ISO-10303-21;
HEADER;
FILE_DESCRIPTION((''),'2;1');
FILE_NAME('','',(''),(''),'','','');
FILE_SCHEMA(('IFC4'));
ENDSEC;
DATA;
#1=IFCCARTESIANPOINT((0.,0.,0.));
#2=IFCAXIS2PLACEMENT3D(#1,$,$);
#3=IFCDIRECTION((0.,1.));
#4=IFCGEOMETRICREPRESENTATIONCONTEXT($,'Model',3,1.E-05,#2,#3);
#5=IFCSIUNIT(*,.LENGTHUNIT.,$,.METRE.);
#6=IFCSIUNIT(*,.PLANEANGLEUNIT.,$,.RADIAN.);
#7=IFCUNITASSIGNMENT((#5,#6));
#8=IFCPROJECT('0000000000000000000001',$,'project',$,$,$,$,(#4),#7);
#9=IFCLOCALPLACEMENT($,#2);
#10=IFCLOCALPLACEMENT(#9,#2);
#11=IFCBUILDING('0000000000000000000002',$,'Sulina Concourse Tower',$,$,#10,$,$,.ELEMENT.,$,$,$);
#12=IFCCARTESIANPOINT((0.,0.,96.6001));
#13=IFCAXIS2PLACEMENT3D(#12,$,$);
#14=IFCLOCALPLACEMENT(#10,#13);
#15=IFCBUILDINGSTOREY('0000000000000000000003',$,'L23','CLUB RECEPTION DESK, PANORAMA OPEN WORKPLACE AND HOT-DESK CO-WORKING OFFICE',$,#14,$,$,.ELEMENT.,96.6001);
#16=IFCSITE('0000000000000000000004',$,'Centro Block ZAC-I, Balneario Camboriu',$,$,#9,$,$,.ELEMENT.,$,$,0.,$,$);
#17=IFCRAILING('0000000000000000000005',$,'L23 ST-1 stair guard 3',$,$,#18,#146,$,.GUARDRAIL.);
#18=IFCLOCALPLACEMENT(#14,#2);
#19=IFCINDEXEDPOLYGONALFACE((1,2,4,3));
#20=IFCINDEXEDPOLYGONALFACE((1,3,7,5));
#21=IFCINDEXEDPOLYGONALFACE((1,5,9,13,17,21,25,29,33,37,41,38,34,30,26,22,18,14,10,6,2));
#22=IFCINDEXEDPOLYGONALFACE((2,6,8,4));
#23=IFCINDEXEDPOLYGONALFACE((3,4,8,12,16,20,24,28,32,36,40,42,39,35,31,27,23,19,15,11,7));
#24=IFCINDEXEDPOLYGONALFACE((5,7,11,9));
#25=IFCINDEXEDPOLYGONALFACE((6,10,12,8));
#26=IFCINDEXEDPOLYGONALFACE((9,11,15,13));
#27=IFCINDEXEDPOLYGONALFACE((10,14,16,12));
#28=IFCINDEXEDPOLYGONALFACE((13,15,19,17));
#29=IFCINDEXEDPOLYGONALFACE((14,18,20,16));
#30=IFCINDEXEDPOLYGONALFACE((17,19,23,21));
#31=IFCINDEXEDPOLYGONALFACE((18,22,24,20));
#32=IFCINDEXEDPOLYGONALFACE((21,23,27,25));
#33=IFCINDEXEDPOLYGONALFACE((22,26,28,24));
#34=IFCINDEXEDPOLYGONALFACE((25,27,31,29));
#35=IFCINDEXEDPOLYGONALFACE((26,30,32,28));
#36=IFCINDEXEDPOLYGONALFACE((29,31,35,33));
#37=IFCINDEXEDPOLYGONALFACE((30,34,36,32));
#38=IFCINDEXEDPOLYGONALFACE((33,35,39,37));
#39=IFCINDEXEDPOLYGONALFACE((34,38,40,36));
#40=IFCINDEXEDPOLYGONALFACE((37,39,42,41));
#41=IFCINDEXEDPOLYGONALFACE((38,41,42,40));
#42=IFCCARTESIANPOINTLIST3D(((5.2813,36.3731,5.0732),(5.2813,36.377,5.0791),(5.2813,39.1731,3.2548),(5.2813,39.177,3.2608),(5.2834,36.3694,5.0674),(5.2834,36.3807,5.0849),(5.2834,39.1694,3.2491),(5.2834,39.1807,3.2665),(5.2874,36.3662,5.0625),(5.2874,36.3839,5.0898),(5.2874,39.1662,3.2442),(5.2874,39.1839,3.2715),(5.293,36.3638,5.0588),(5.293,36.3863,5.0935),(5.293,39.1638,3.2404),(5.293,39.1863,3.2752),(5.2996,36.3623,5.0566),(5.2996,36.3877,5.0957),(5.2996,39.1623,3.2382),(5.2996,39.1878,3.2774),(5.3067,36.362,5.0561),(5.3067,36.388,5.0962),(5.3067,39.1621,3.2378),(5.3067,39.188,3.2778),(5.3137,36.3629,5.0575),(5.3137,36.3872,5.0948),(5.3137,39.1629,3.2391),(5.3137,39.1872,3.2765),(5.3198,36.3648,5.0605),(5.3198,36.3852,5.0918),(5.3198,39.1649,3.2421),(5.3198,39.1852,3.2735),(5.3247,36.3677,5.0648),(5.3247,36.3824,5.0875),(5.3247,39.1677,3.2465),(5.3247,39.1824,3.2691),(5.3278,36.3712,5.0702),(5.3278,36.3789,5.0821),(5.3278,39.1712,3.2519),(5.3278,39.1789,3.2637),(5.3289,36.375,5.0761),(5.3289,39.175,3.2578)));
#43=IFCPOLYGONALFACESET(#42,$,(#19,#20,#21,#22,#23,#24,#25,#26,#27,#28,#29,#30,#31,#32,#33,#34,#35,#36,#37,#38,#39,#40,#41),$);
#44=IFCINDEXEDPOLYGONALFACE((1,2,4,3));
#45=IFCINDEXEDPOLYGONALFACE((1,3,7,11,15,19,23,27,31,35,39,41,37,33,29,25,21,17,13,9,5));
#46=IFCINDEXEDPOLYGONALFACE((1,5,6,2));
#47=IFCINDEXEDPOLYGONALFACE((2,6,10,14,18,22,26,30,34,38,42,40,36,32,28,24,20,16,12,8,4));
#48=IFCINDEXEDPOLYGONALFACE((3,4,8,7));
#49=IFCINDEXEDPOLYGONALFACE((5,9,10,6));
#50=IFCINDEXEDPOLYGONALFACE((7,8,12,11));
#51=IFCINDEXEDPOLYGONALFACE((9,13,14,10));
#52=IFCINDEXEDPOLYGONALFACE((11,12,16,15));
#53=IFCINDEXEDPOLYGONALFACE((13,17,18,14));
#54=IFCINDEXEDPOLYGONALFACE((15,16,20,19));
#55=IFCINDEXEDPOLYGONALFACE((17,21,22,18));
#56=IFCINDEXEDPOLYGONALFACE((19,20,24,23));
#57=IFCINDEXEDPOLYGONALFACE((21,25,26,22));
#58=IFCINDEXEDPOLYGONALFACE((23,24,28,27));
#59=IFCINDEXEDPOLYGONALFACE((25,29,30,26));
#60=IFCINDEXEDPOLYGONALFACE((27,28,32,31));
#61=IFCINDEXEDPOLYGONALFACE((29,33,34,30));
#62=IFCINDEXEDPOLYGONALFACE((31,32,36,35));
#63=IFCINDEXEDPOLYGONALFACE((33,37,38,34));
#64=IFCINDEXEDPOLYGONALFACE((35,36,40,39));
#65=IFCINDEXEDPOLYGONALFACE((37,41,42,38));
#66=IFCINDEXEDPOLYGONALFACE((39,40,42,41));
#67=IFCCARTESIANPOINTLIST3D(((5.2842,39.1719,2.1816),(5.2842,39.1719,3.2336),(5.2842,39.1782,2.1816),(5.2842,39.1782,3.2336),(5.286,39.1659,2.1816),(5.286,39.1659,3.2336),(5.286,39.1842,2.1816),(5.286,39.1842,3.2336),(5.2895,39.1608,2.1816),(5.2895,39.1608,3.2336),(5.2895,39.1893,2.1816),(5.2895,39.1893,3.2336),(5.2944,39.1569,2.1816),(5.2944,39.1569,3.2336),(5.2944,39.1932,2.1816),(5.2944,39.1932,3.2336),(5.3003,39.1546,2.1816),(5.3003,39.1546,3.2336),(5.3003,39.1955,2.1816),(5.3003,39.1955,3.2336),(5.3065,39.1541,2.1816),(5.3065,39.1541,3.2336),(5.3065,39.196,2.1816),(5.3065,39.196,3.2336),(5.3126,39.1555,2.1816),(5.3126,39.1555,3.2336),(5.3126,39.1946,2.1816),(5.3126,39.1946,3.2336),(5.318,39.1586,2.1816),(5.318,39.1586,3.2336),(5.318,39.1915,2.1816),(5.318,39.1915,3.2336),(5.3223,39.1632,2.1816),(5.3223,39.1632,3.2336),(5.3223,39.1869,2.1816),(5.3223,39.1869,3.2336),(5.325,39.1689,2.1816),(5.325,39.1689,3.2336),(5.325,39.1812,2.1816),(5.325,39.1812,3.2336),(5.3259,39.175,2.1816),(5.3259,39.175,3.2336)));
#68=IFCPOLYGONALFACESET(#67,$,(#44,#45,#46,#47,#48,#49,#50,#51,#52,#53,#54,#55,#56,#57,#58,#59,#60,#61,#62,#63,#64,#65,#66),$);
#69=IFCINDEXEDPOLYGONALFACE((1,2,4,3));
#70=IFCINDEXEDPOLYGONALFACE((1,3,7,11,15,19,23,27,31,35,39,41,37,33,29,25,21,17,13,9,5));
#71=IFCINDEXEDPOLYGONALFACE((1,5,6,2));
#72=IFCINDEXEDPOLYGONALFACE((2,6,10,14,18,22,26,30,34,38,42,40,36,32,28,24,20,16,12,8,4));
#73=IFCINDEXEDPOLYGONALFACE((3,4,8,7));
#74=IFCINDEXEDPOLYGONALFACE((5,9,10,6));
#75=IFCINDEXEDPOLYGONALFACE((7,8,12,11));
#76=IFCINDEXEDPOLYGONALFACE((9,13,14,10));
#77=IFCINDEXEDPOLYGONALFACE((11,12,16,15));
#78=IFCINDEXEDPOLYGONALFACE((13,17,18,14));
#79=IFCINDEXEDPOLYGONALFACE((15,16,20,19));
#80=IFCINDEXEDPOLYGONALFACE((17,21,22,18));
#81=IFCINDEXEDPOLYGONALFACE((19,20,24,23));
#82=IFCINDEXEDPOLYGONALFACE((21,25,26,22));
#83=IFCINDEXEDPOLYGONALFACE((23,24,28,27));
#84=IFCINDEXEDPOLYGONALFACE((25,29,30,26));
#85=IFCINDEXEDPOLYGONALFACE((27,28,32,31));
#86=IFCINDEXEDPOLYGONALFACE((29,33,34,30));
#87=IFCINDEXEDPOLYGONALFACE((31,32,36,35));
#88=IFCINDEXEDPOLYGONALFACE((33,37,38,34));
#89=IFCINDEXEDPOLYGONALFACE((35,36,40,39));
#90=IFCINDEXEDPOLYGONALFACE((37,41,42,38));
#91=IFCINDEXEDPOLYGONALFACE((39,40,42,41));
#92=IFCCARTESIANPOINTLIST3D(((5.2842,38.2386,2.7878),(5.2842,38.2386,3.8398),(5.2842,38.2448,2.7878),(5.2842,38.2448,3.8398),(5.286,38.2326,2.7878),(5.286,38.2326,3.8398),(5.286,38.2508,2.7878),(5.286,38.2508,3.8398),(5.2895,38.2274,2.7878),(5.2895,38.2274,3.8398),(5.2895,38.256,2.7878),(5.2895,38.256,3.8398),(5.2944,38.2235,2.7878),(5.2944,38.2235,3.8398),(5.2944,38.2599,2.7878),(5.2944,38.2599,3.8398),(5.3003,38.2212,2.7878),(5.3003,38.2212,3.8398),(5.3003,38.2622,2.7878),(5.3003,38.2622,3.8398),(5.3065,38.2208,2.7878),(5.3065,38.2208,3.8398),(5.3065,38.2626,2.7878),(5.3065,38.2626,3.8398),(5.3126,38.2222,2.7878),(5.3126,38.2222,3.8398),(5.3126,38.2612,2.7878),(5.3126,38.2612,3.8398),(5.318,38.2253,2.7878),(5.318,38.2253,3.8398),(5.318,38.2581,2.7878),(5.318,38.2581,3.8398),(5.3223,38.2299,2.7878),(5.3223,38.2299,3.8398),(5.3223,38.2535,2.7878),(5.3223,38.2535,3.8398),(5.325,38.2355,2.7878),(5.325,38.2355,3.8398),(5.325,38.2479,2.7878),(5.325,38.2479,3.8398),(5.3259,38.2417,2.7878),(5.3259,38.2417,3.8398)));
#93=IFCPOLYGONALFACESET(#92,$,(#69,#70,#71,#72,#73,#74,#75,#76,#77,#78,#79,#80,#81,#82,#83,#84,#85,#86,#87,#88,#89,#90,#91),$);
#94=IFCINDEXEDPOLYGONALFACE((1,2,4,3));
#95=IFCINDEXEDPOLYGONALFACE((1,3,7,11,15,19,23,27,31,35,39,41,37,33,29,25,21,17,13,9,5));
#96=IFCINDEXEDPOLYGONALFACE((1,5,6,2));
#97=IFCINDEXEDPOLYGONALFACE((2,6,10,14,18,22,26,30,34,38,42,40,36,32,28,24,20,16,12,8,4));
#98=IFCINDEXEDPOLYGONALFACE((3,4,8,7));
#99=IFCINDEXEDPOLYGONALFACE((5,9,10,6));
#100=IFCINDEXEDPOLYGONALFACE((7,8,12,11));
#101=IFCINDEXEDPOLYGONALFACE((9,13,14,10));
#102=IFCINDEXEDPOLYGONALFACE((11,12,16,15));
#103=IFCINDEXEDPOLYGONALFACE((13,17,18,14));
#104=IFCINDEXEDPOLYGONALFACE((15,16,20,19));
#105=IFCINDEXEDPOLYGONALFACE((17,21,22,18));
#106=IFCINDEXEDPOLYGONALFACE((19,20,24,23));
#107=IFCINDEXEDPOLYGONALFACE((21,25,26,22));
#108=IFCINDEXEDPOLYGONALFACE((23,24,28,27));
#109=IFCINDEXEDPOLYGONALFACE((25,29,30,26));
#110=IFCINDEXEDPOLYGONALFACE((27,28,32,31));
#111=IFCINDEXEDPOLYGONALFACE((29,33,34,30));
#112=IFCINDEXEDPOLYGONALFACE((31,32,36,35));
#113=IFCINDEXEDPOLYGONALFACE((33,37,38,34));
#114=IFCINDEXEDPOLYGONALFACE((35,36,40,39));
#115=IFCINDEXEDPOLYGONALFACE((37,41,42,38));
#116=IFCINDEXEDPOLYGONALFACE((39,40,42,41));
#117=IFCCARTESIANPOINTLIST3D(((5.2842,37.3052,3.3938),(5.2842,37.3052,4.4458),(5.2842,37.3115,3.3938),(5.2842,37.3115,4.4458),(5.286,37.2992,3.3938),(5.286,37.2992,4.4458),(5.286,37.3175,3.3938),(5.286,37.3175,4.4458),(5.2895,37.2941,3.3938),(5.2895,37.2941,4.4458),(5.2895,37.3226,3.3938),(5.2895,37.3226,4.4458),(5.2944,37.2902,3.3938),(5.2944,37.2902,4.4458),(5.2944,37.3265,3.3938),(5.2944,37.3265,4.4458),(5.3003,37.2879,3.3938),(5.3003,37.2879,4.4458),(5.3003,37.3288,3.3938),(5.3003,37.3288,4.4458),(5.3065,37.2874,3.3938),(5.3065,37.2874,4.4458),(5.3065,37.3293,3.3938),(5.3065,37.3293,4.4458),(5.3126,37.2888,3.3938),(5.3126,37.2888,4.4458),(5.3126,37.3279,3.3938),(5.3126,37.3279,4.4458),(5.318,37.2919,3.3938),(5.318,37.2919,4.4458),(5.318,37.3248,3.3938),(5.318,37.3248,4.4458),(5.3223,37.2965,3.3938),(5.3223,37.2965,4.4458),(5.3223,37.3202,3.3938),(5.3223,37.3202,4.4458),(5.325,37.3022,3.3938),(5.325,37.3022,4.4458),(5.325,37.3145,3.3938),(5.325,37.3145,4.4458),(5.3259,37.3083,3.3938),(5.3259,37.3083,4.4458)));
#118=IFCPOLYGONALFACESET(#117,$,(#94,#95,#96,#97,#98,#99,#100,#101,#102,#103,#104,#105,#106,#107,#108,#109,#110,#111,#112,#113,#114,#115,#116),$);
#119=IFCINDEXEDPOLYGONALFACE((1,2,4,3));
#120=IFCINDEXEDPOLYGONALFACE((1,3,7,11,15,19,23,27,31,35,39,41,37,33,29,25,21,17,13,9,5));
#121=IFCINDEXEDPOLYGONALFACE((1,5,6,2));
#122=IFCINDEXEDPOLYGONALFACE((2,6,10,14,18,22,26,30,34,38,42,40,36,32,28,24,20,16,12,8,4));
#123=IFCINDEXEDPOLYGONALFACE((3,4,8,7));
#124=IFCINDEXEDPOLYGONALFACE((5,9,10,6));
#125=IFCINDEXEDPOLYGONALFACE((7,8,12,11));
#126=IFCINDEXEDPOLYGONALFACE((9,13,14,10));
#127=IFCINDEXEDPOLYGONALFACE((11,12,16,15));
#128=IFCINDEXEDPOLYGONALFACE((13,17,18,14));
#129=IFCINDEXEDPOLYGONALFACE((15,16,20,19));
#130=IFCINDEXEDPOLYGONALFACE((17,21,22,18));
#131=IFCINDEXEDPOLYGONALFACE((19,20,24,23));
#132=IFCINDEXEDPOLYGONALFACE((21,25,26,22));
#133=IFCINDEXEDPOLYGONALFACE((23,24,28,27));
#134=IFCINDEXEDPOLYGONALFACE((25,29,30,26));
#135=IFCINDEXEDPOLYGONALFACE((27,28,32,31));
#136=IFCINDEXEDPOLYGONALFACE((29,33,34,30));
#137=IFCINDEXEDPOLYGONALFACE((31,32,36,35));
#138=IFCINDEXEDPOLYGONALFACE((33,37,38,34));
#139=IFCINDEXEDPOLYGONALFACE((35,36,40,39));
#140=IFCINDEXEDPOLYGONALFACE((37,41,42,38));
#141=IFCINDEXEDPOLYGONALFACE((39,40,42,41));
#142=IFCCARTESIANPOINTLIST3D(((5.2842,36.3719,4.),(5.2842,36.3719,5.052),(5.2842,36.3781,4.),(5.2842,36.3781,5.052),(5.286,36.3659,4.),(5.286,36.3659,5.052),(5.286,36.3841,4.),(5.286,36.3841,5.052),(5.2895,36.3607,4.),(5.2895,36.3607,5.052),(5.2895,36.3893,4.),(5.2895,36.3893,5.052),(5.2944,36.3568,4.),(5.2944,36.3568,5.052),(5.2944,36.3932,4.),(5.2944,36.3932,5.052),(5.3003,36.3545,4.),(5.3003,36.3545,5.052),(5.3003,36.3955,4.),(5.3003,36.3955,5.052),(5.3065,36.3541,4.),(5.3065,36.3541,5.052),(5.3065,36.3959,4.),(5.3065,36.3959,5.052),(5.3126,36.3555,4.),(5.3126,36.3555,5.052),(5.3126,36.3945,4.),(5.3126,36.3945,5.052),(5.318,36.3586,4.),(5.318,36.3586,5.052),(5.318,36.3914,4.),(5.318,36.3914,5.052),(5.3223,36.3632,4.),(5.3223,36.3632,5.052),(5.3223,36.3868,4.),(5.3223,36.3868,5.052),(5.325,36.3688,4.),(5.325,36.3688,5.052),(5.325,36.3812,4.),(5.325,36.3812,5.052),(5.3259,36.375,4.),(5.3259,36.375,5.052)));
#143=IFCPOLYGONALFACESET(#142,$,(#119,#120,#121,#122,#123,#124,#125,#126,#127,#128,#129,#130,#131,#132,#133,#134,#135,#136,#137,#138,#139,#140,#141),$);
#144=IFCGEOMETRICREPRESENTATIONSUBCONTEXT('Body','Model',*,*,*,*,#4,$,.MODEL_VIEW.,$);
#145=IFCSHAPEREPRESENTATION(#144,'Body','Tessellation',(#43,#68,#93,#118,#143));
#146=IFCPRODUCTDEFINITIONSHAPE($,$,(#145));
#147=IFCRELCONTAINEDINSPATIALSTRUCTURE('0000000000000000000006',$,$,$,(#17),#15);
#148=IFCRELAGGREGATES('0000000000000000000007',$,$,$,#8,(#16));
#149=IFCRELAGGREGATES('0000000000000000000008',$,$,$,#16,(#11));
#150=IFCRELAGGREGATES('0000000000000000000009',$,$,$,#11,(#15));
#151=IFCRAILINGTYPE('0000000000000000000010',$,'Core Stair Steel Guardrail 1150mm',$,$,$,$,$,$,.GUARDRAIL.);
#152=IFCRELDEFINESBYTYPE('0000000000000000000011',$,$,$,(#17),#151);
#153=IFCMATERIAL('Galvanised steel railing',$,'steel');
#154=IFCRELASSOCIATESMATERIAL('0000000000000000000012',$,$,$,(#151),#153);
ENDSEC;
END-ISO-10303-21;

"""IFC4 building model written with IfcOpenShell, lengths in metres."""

from ifc_helpers import new_model, si_unit, direction, frame, origin, origin_2d, place, context, subcontext, project, spatial, circle, extrude, material, type_object, element, save


model = new_model("IFC4")

# Units and contexts
model_context = context("Model", 3, precision=1e-05, world=origin(), true_north=direction((0.0, 1.0)))
body_context = subcontext(model_context, "Body", "Model", "MODEL_VIEW")
ifc_project = project(units=[si_unit("LENGTHUNIT", "METRE"), si_unit("PLANEANGLEUNIT", "RADIAN")], contexts=[model_context])

# Site, building, storey
site_placement = place(None, origin())
site = spatial("IfcSite", under=ifc_project, at=site_placement, Name="Centro Block ZAC-I, Balneario Camboriu", CompositionType="ELEMENT", RefElevation=0.0)
building_placement = place(site_placement, origin())
building = spatial("IfcBuilding", under=site, at=building_placement, Name="Sulina Concourse Tower", CompositionType="ELEMENT")
storey_placement = place(building_placement, frame((0.0, 0.0, 96.6001)))
storey = spatial("IfcBuildingStorey", under=building, at=storey_placement, Name="L23", Description="CLUB RECEPTION DESK, PANORAMA OPEN WORKPLACE AND HOT-DESK CO-WORKING OFFICE", CompositionType="ELEMENT", Elevation=96.6001)

# Railing
ifc_material_1 = material(Name="Galvanised steel railing", Category="steel")
railing_type_1 = type_object("IfcRailingType", Name="Core Stair Steel Guardrail 1150mm", PredefinedType="GUARDRAIL", material=ifc_material_1)
railing_1_placement = place(storey_placement, frame((5.3049, 39.175, 2.1816)))
element("IfcRailing", 1, at=railing_1_placement, inside=storey, type_object=railing_type_1, Name="L23 ST-1 stair guard 3", PredefinedType="GUARDRAIL", context=body_context, shape_type="SweptSolid", body=[
    extrude(circle(Radius=0.0239, at=origin_2d()), frame((0.0, 0.0, 1.0762), z_axis=(0.0, -0.838672, 0.544636), x_axis=(1.0, 0.0, 0.0)), (0.0, 0.0, 1.0), 3.3386),
    extrude(circle(Radius=0.021, at=origin_2d()), origin(), (0.0, 0.0, 1.0), 1.052),
    extrude(circle(Radius=0.021, at=origin_2d()), frame((0.0, -0.9333, 0.6062)), (0.0, 0.0, 1.0), 1.052),
    extrude(circle(Radius=0.021, at=origin_2d()), frame((0.0, -1.8667, 1.2122)), (0.0, 0.0, 1.0), 1.052),
    extrude(circle(Radius=0.021, at=origin_2d()), frame((0.0, -2.8, 1.8184)), (0.0, 0.0, 1.0), 1.052),
])

save(model, "model.ifc")
